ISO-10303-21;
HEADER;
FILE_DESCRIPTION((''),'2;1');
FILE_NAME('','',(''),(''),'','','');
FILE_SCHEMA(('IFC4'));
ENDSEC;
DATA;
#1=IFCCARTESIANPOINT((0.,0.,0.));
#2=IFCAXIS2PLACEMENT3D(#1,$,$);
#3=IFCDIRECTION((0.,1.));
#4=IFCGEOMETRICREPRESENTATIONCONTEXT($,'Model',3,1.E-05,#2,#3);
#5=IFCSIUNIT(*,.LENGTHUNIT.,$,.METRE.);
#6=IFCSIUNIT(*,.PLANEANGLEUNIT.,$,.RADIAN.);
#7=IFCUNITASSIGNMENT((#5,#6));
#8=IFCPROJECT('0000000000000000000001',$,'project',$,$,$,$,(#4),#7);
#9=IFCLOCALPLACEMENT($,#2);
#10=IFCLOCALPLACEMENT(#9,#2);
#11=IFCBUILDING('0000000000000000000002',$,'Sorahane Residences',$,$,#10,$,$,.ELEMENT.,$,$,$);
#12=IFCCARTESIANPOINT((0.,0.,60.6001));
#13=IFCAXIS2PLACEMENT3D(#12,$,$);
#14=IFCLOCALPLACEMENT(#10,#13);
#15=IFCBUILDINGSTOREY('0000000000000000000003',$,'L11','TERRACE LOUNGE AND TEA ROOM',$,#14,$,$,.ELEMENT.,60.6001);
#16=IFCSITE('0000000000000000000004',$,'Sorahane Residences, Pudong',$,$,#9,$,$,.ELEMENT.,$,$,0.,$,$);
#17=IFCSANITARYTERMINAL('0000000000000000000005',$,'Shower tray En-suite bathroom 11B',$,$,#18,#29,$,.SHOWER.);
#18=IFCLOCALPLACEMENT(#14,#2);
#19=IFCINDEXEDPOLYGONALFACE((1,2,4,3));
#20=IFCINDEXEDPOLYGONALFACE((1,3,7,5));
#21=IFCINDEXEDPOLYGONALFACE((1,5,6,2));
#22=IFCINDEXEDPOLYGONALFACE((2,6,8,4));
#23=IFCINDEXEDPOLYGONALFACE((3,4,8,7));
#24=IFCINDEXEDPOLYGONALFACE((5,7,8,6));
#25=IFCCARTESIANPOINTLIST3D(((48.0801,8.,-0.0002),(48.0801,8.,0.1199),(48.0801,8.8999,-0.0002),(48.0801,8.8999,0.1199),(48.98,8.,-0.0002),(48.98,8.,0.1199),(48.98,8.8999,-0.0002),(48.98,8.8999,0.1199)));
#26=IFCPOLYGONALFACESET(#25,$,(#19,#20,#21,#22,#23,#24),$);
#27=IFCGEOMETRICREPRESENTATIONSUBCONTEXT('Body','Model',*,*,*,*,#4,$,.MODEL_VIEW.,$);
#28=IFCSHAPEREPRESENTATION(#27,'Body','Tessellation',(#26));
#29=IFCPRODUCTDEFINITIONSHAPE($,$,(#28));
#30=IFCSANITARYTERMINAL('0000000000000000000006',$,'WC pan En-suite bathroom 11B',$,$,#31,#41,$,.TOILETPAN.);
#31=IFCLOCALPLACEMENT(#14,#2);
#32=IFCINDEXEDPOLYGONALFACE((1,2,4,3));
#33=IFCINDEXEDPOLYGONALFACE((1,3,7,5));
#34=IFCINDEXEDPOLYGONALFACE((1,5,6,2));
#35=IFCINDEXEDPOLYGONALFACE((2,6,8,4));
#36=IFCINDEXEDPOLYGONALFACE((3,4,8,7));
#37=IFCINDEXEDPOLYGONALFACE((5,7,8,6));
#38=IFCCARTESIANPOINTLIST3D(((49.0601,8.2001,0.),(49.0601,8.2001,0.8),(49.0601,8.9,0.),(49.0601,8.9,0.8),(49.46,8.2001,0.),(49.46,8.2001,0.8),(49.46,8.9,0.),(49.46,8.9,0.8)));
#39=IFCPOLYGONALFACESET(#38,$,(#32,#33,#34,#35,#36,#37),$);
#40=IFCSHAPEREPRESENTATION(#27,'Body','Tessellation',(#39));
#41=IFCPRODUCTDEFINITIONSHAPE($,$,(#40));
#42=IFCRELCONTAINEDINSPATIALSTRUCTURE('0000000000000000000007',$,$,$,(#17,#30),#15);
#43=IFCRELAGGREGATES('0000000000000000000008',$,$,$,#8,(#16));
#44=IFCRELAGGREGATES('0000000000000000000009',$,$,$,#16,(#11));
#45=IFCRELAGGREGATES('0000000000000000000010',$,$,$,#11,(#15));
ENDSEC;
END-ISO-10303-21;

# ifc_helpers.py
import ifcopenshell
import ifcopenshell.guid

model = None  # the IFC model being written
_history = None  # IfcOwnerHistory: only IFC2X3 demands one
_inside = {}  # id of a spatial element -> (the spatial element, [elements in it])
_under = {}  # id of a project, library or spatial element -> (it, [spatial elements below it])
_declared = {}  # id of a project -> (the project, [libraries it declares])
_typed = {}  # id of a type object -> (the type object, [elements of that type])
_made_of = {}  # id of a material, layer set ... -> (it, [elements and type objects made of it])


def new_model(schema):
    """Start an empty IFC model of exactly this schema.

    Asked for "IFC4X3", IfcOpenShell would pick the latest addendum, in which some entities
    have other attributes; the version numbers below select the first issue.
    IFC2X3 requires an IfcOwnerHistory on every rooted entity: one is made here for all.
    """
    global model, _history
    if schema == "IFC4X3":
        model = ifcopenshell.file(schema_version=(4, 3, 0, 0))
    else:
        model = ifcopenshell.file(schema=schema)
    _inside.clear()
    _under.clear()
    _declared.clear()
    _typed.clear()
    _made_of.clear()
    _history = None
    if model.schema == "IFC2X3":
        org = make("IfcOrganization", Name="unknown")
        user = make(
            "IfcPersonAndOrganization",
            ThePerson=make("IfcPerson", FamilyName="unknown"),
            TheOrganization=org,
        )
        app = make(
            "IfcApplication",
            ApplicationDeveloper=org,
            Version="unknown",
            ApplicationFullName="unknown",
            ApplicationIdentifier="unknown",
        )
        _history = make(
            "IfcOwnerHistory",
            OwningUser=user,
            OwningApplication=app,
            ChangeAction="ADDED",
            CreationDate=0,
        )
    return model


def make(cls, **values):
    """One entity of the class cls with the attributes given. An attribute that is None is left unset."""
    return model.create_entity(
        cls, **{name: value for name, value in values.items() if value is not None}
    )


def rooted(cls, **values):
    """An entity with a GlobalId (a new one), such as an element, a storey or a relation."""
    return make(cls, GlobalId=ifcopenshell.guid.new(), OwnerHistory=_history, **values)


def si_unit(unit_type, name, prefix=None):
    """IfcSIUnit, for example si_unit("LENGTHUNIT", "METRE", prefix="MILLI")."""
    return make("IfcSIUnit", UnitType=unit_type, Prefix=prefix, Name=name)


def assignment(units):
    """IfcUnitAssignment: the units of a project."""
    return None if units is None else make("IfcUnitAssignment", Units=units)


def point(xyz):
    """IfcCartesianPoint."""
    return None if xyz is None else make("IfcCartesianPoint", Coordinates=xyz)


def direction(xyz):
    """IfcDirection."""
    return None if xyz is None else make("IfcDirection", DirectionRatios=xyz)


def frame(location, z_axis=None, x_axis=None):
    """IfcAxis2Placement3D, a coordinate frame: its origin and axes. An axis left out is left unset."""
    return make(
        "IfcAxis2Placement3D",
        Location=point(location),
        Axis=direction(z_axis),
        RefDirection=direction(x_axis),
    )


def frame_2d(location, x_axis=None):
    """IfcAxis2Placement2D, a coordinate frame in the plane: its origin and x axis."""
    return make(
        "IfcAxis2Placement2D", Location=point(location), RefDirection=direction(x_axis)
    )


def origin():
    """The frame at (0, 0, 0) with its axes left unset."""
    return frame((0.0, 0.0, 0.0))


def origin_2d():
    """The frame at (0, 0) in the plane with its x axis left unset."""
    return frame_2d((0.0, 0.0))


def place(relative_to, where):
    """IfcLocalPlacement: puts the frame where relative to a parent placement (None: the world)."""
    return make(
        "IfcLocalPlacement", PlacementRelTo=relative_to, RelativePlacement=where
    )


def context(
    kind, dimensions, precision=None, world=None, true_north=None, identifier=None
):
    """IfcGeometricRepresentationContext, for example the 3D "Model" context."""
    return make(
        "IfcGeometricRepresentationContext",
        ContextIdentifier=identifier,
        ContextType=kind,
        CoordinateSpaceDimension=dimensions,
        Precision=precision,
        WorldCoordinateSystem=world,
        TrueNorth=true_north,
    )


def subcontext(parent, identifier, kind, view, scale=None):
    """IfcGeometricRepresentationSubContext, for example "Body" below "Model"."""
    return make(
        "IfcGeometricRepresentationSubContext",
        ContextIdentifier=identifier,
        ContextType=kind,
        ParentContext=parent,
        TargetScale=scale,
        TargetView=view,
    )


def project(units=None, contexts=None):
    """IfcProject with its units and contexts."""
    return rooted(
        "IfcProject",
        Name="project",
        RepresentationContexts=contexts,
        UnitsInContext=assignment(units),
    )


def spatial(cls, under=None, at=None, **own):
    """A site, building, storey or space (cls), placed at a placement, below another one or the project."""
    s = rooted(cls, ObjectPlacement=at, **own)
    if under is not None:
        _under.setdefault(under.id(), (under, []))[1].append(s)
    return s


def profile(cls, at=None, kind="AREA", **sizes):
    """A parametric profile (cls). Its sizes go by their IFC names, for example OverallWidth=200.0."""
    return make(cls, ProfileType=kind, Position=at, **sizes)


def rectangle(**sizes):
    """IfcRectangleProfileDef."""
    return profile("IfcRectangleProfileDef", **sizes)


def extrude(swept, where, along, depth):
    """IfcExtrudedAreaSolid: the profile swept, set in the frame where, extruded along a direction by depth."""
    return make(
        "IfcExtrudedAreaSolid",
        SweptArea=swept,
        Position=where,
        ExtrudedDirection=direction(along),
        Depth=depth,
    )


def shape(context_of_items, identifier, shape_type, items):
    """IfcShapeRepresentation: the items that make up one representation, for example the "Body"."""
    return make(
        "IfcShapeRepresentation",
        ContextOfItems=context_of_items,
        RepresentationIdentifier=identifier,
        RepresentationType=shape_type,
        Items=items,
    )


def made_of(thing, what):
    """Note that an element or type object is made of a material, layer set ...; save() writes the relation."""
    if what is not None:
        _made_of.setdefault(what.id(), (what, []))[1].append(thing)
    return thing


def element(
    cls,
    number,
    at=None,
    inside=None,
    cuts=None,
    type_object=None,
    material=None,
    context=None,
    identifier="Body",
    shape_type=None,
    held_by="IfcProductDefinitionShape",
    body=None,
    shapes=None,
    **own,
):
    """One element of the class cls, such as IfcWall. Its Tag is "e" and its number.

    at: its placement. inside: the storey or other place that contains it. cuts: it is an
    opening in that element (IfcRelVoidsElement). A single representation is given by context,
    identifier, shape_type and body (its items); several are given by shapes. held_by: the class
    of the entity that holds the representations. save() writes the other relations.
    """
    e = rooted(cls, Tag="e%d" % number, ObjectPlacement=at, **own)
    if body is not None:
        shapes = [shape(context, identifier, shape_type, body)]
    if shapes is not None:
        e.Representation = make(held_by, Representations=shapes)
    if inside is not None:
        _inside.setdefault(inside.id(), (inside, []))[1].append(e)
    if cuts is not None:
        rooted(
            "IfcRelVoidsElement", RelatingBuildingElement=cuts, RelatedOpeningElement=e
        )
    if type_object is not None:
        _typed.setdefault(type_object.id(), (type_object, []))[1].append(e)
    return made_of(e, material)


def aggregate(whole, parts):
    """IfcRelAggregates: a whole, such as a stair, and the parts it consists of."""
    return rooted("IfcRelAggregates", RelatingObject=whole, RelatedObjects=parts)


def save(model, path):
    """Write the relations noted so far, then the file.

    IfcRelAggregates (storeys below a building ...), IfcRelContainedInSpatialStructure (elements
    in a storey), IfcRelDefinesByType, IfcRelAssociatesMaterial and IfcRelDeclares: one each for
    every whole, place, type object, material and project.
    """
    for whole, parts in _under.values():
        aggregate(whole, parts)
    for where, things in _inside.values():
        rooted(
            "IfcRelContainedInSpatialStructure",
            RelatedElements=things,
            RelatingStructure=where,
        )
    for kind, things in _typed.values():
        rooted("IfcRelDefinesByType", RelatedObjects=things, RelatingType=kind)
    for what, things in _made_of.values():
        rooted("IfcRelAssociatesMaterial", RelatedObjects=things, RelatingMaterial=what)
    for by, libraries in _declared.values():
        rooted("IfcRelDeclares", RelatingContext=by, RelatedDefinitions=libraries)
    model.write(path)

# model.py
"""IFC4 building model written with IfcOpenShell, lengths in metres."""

from ifc_helpers import new_model, si_unit, direction, frame, origin, origin_2d, place, context, subcontext, project, spatial, rectangle, extrude, element, save


model = new_model("IFC4")

# Units and contexts
model_context = context("Model", 3, precision=1e-05, world=origin(), true_north=direction((0.0, 1.0)))
body_context = subcontext(model_context, "Body", "Model", "MODEL_VIEW")
ifc_project = project(units=[si_unit("LENGTHUNIT", "METRE"), si_unit("PLANEANGLEUNIT", "RADIAN")], contexts=[model_context])

# Site, building, storey
site_placement = place(None, origin())
site = spatial("IfcSite", under=ifc_project, at=site_placement, Name="Sorahane Residences, Pudong", CompositionType="ELEMENT", RefElevation=0.0)
building_placement = place(site_placement, origin())
building = spatial("IfcBuilding", under=site, at=building_placement, Name="Sorahane Residences", CompositionType="ELEMENT")
storey_placement = place(building_placement, frame((0.0, 0.0, 60.6001)))
storey = spatial("IfcBuildingStorey", under=building, at=storey_placement, Name="L11", Description="TERRACE LOUNGE AND TEA ROOM", CompositionType="ELEMENT", Elevation=60.6001)

# Sanitary terminals
sanitary_terminal_1_placement = place(storey_placement, frame((48.53, 8.45, -0.0002), z_axis=(0.0, 0.0, 1.0), x_axis=(1.0, 0.0, 0.0)))
element("IfcSanitaryTerminal", 1, at=sanitary_terminal_1_placement, inside=storey, Name="Shower tray En-suite bathroom 11B", PredefinedType="SHOWER", context=body_context, shape_type="SweptSolid", body=[
    extrude(rectangle(XDim=0.8999, YDim=0.8999, at=origin_2d()), origin(), (0.0, 0.0, 1.0), 0.1201),
])
sanitary_terminal_2_placement = place(storey_placement, frame((49.26, 8.55, 0.0), z_axis=(0.0, 0.0, 1.0), x_axis=(1.0, 0.0, 0.0)))
element("IfcSanitaryTerminal", 2, at=sanitary_terminal_2_placement, inside=storey, Name="WC pan En-suite bathroom 11B", PredefinedType="TOILETPAN", context=body_context, shape_type="SweptSolid", body=[
    extrude(rectangle(XDim=0.3999, YDim=0.7, at=origin_2d()), origin(), (0.0, 0.0, 1.0), 0.8),
])

save(model, "model.ifc")
